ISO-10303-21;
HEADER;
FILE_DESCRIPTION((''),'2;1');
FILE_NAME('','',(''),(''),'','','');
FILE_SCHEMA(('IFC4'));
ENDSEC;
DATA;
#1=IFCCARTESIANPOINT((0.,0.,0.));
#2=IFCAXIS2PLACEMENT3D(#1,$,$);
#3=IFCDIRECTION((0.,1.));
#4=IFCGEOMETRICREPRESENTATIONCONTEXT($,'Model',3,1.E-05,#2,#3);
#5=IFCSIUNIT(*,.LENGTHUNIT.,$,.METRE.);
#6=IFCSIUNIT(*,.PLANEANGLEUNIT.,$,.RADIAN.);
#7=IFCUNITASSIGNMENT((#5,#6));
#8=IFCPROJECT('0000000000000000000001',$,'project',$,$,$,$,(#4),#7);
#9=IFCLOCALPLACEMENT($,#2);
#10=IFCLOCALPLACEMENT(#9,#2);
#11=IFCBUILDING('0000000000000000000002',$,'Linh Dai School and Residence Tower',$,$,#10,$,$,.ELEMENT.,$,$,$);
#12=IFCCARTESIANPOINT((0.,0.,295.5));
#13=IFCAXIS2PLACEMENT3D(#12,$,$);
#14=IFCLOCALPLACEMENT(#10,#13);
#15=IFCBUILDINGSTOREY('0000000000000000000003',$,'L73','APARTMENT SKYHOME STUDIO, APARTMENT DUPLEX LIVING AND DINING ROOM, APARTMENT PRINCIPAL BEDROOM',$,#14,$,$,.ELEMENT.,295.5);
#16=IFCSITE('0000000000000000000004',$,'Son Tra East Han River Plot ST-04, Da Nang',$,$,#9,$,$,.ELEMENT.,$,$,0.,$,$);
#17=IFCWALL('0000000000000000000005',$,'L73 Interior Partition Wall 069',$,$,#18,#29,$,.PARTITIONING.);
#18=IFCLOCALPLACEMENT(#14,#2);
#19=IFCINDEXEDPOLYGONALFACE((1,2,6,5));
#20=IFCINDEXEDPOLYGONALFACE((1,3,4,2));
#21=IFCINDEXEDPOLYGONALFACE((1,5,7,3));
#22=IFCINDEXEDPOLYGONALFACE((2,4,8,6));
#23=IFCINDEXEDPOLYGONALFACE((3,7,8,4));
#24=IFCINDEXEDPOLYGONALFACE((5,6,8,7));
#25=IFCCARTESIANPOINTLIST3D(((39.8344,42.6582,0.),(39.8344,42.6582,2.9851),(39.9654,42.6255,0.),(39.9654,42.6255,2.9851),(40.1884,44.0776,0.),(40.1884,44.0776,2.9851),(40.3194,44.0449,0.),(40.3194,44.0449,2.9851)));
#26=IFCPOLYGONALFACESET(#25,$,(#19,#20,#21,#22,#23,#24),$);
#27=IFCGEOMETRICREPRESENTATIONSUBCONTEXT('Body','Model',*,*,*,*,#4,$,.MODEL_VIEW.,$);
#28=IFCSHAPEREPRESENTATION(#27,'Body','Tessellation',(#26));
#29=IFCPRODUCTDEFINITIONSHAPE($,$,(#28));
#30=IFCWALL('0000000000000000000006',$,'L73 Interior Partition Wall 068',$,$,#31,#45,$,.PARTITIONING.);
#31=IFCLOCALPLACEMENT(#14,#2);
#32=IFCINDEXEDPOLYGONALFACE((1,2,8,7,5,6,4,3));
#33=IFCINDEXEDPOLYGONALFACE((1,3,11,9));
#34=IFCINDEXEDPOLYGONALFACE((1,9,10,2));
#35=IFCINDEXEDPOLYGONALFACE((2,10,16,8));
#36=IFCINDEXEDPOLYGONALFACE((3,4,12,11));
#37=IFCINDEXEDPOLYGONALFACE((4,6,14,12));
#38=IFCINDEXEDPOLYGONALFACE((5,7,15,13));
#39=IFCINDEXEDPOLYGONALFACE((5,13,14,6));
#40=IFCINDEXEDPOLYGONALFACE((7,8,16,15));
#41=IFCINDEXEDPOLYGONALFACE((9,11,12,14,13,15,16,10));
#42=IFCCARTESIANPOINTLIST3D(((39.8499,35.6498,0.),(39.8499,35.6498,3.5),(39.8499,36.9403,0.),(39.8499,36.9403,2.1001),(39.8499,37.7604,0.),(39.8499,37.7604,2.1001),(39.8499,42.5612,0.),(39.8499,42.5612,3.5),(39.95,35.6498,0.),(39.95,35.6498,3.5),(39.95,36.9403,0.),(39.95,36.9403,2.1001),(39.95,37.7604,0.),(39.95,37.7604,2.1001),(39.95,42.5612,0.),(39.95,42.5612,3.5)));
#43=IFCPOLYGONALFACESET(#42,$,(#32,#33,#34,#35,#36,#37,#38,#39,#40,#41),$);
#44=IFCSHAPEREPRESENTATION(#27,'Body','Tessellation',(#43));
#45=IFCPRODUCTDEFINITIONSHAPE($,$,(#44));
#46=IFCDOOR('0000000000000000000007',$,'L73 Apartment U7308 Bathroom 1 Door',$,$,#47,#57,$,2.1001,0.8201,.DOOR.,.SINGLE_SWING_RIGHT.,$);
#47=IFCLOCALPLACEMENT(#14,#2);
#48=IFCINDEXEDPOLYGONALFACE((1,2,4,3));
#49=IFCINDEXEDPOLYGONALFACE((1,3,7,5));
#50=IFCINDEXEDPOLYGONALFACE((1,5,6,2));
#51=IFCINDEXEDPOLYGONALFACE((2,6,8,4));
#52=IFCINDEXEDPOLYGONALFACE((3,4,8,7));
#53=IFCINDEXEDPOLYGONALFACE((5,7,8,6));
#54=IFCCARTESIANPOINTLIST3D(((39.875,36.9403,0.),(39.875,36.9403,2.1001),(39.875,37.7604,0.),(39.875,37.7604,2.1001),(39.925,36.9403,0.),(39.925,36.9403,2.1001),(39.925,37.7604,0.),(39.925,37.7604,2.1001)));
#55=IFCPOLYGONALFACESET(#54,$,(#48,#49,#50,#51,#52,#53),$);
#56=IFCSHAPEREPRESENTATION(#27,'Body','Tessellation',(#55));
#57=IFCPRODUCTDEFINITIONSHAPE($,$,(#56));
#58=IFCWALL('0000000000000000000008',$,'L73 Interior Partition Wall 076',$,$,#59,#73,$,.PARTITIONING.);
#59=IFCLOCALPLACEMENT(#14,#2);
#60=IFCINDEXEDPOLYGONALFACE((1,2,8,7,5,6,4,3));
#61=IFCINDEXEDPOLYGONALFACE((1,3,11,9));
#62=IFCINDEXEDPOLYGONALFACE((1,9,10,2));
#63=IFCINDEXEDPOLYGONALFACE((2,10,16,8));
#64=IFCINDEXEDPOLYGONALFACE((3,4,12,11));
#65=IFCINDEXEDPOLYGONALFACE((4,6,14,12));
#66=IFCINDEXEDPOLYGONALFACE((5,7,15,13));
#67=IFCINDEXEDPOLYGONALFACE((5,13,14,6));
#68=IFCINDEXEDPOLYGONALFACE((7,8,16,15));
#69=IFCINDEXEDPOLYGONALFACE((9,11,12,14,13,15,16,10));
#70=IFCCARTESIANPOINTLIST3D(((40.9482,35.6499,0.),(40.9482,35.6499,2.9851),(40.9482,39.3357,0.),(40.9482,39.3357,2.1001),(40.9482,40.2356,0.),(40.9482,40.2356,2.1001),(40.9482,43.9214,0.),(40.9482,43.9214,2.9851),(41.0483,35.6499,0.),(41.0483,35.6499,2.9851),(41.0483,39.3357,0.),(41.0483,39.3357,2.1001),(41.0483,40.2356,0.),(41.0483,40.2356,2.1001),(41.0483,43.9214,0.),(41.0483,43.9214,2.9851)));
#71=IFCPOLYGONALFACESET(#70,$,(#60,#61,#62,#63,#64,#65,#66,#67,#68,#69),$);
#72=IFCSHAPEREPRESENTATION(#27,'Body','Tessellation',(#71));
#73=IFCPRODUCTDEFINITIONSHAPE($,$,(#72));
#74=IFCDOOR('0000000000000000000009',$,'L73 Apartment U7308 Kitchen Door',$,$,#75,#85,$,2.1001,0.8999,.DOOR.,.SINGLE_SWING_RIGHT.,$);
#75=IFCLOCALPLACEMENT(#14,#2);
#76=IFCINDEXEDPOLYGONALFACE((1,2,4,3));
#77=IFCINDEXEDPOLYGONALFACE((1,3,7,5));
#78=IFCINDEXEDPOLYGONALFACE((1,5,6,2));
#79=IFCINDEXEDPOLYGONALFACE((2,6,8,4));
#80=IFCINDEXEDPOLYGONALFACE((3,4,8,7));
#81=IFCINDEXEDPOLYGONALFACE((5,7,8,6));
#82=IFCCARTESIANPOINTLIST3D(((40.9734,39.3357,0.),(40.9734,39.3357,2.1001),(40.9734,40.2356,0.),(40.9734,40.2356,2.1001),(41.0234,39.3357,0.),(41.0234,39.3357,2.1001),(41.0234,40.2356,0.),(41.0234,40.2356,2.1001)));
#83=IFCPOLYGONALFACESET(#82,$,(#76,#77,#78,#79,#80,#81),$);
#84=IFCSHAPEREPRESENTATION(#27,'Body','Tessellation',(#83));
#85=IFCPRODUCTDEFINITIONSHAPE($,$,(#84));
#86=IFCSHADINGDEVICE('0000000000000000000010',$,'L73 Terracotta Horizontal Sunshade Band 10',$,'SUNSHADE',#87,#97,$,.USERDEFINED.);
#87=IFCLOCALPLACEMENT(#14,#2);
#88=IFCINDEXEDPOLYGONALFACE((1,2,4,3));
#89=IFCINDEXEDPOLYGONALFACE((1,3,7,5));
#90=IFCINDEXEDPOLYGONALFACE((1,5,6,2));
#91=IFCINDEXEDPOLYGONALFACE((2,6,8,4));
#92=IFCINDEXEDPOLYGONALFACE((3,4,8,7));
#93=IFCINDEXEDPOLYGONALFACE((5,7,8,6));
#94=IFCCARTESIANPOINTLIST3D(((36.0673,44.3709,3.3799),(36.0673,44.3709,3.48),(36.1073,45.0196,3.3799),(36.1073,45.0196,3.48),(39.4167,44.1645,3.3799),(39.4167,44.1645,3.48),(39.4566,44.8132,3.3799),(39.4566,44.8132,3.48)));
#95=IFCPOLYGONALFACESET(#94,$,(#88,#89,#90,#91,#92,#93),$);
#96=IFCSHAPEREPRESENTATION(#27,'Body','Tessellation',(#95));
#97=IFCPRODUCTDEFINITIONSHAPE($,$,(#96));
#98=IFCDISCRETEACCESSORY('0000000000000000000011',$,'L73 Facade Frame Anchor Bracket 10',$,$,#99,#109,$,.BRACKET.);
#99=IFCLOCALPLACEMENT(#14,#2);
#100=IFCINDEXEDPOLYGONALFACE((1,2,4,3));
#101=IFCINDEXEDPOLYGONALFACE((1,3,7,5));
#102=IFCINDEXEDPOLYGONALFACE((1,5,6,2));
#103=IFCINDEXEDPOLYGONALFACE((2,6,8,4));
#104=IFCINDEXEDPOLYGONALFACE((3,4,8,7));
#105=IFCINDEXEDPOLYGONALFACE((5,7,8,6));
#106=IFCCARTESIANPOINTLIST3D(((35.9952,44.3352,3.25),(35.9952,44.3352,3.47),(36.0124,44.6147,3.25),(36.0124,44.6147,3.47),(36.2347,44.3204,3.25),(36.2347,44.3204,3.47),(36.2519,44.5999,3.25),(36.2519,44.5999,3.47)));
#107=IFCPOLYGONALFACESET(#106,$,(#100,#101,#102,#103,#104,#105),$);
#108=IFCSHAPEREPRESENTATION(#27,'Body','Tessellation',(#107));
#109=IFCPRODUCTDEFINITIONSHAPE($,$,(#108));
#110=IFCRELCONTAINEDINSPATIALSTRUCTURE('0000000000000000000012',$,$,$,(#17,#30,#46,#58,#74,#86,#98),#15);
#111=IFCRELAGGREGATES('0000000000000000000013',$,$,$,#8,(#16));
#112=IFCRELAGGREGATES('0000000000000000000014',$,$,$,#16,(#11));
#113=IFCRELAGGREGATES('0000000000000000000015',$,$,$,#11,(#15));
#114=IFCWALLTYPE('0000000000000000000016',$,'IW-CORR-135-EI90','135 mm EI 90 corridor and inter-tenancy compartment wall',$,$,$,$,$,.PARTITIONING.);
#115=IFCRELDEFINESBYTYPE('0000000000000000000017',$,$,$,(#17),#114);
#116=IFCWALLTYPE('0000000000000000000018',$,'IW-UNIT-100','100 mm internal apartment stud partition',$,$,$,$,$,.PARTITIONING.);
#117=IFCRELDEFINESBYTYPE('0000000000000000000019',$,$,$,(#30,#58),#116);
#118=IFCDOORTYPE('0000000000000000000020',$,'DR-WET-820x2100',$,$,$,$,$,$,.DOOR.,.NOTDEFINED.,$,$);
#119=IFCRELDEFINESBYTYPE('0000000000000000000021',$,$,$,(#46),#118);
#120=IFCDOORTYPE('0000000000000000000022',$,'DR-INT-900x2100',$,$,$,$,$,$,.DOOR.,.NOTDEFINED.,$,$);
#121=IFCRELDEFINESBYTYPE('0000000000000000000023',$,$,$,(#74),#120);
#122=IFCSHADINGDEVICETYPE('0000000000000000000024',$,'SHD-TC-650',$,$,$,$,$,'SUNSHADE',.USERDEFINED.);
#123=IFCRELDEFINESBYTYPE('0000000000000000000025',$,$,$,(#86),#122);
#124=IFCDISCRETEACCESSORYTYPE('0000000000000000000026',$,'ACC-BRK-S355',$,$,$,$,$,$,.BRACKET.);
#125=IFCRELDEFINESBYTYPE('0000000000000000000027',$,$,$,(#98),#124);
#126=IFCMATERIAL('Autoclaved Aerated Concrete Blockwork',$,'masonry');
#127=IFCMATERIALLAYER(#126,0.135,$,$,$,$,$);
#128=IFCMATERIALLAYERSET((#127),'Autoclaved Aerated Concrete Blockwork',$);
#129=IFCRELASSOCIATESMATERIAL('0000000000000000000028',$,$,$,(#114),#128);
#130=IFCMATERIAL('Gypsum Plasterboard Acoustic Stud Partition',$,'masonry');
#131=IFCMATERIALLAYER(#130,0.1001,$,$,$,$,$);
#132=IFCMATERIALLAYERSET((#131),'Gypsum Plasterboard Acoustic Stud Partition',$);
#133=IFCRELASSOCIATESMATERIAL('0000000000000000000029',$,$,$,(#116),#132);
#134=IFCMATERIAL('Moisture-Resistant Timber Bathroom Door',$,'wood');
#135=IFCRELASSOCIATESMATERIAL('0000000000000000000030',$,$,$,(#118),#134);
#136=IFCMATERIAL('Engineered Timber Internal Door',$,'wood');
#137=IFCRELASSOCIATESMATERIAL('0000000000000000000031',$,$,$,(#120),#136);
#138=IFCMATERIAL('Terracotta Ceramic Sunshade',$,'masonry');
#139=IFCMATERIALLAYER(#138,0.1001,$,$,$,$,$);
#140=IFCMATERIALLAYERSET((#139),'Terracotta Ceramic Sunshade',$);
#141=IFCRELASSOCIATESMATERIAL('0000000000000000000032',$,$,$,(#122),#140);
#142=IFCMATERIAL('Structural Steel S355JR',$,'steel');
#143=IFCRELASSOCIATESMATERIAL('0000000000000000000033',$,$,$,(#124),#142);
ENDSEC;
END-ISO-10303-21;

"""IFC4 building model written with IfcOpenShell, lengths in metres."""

from ifc_helpers import new_model, si_unit, direction, frame, frame_2d, origin, origin_2d, place, context, subcontext, project, spatial, rectangle, extrude, source, transform, mapped, material, layer, layer_set, type_object, element, fill, save


model = new_model("IFC4")

# Units and contexts
model_context = context("Model", 3, precision=1e-05, world=origin(), true_north=direction((0.0, 1.0)))
body_context = subcontext(model_context, "Body", "Model", "MODEL_VIEW")
ifc_project = project(units=[si_unit("LENGTHUNIT", "METRE"), si_unit("PLANEANGLEUNIT", "RADIAN")], contexts=[model_context])

# Site, building, storey
site_placement = place(None, origin())
site = spatial("IfcSite", under=ifc_project, at=site_placement, Name="Son Tra East Han River Plot ST-04, Da Nang", CompositionType="ELEMENT", RefElevation=0.0)
building_placement = place(site_placement, origin())
building = spatial("IfcBuilding", under=site, at=building_placement, Name="Linh Dai School and Residence Tower", CompositionType="ELEMENT")
storey_placement = place(building_placement, frame((0.0, 0.0, 295.5)))
storey = spatial("IfcBuildingStorey", under=building, at=storey_placement, Name="L73", Description="APARTMENT SKYHOME STUDIO, APARTMENT DUPLEX LIVING AND DINING ROOM, APARTMENT PRINCIPAL BEDROOM", CompositionType="ELEMENT", Elevation=295.5)

# Shared definitions
ifc_material_1 = material(Name="Structural Steel S355JR", Category="steel")

# Wall
ifc_material_2 = material(Name="Autoclaved Aerated Concrete Blockwork", Category="masonry")
ifc_layer_1 = layer(ifc_material_2, 0.135)
ifc_layer_set_1 = layer_set([ifc_layer_1], Name="Autoclaved Aerated Concrete Blockwork")
wall_type_1 = type_object("IfcWallType", Name="IW-CORR-135-EI90", Description="135 mm EI 90 corridor and inter-tenancy compartment wall", PredefinedType="PARTITIONING", material=ifc_layer_set_1)
wall_1_placement = place(storey_placement, frame((39.8999, 42.6418, 0.0), z_axis=(0.0, 0.0, 1.0), x_axis=(0.241986, 0.97028, 0.0)))
element("IfcWall", 1, at=wall_1_placement, inside=storey, type_object=wall_type_1, Name="L73 Interior Partition Wall 069", PredefinedType="PARTITIONING", context=body_context, shape_type="SweptSolid", body=[
    extrude(rectangle(XDim=1.4629, YDim=0.135, at=frame_2d((0.7314, 0.0))), origin(), (0.0, 0.0, 1.0), 2.9851),
])

# Walls, openings, doors
ifc_material_3 = material(Name="Gypsum Plasterboard Acoustic Stud Partition", Category="masonry")
ifc_layer_2 = layer(ifc_material_3, 0.1001)
ifc_layer_set_2 = layer_set([ifc_layer_2], Name="Gypsum Plasterboard Acoustic Stud Partition")
wall_type_2 = type_object("IfcWallType", Name="IW-UNIT-100", Description="100 mm internal apartment stud partition", PredefinedType="PARTITIONING", material=ifc_layer_set_2)
wall_2_placement = place(storey_placement, frame((39.8999, 35.6499, 0.0), z_axis=(0.0, 0.0, 1.0), x_axis=(0.0, 1.0, 0.0)))
wall_2 = element("IfcWall", 2, at=wall_2_placement, inside=storey, type_object=wall_type_2, Name="L73 Interior Partition Wall 068", PredefinedType="PARTITIONING", context=body_context, shape_type="SweptSolid", body=[
    extrude(rectangle(XDim=6.9114, YDim=0.1001, at=frame_2d((3.4556, 0.0))), origin(), (0.0, 0.0, 1.0), 3.5),
])
opening_1_placement = place(wall_2_placement, frame((1.2903, 0.0, 0.0)))
opening_1 = element("IfcOpeningElement", 3, at=opening_1_placement, cuts=wall_2, PredefinedType="OPENING", context=body_context, shape_type="SweptSolid", body=[
    extrude(rectangle(XDim=0.8201, YDim=2.1001, at=origin_2d()), frame((0.4102, 0.0601, 1.05), z_axis=(0.0, -1.0, 0.0), x_axis=(1.0, 0.0, 0.0)), (0.0, 0.0, 1.0), 0.1201),
])
ifc_material_4 = material(Name="Moisture-Resistant Timber Bathroom Door", Category="wood")
door_type_1 = type_object("IfcDoorType", Name="DR-WET-820x2100", OperationType="NOTDEFINED", PredefinedType="DOOR", material=ifc_material_4)
shared_shape_1 = source(origin(), body_context, "Body", "SweptSolid", [
    extrude(rectangle(XDim=0.8201, YDim=2.1001, at=origin_2d()), frame((0.4102, 0.0249, 1.05), z_axis=(0.0, -1.0, 0.0), x_axis=(1.0, 0.0, 0.0)), (0.0, 0.0, 1.0), 0.05),
])
door_1_placement = place(opening_1_placement, origin())
door_1 = element("IfcDoor", 4, at=door_1_placement, inside=storey, type_object=door_type_1, Name="L73 Apartment U7308 Bathroom 1 Door", OperationType="SINGLE_SWING_RIGHT", OverallHeight=2.1001, OverallWidth=0.8201, PredefinedType="DOOR", context=body_context, shape_type="MappedRepresentation", body=[
    mapped(shared_shape_1, transform((0.0, 0.0, 0.0), x_axis=(1.0, 0.0, 0.0), y_axis=(0.0, 1.0, 0.0), z_axis=(0.0, 0.0, 1.0), scale=1.0)),
])
fill(opening_1, door_1)
wall_3_placement = place(storey_placement, frame((40.9983, 35.6499, 0.0), z_axis=(0.0, 0.0, 1.0), x_axis=(0.0, 1.0, 0.0)))
wall_3 = element("IfcWall", 5, at=wall_3_placement, inside=storey, type_object=wall_type_2, Name="L73 Interior Partition Wall 076", PredefinedType="PARTITIONING", context=body_context, shape_type="SweptSolid", body=[
    extrude(rectangle(XDim=8.2715, YDim=0.1001, at=frame_2d((4.1357, 0.0))), origin(), (0.0, 0.0, 1.0), 2.9851),
])
opening_2_placement = place(wall_3_placement, frame((3.6858, 0.0, 0.0)))
opening_2 = element("IfcOpeningElement", 6, at=opening_2_placement, cuts=wall_3, PredefinedType="OPENING", context=body_context, shape_type="SweptSolid", body=[
    extrude(rectangle(XDim=0.8999, YDim=2.1001, at=origin_2d()), frame((0.45, 0.0601, 1.05), z_axis=(0.0, -1.0, 0.0), x_axis=(1.0, 0.0, 0.0)), (0.0, 0.0, 1.0), 0.1201),
])
ifc_material_5 = material(Name="Engineered Timber Internal Door", Category="wood")
door_type_2 = type_object("IfcDoorType", Name="DR-INT-900x2100", OperationType="NOTDEFINED", PredefinedType="DOOR", material=ifc_material_5)
shared_shape_2 = source(origin(), body_context, "Body", "SweptSolid", [
    extrude(rectangle(XDim=0.8999, YDim=2.1001, at=origin_2d()), frame((0.45, 0.0249, 1.05), z_axis=(0.0, -1.0, 0.0), x_axis=(1.0, 0.0, 0.0)), (0.0, 0.0, 1.0), 0.05),
])
door_2_placement = place(opening_2_placement, origin())
door_2 = element("IfcDoor", 7, at=door_2_placement, inside=storey, type_object=door_type_2, Name="L73 Apartment U7308 Kitchen Door", OperationType="SINGLE_SWING_RIGHT", OverallHeight=2.1001, OverallWidth=0.8999, PredefinedType="DOOR", context=body_context, shape_type="MappedRepresentation", body=[
    mapped(shared_shape_2, transform((0.0, 0.0, 0.0), x_axis=(1.0, 0.0, 0.0), y_axis=(0.0, 1.0, 0.0), z_axis=(0.0, 0.0, 1.0), scale=1.0)),
])
fill(opening_2, door_2)

# Shading device
ifc_material_6 = material(Name="Terracotta Ceramic Sunshade", Category="masonry")
ifc_layer_3 = layer(ifc_material_6, 0.1001)
ifc_layer_set_3 = layer_set([ifc_layer_3], Name="Terracotta Ceramic Sunshade")
shading_device_type = type_object("IfcShadingDeviceType", Name="SHD-TC-650", ElementType="SUNSHADE", PredefinedType="USERDEFINED", material=ifc_layer_set_3)
shared_shape_3 = source(origin(), body_context, "Body", "SweptSolid", [
    extrude(rectangle(XDim=3.3557, YDim=0.6499, at=origin_2d()), origin(), (0.0, 0.0, 1.0), 0.1001),
])
shading_device_placement = place(storey_placement, frame((37.762, 44.592, 3.3799), z_axis=(0.0, 0.0, 1.0), x_axis=(0.998106, -0.06151, 0.0)))
element("IfcShadingDevice", 8, at=shading_device_placement, inside=storey, type_object=shading_device_type, Name="L73 Terracotta Horizontal Sunshade Band 10", ObjectType="SUNSHADE", PredefinedType="USERDEFINED", context=body_context, shape_type="MappedRepresentation", body=[
    mapped(shared_shape_3, transform((0.0, 0.0, 0.0), x_axis=(1.0, 0.0, 0.0), y_axis=(0.0, 1.0, 0.0), z_axis=(0.0, 0.0, 1.0), scale=1.0)),
])

# Discrete accessory
discrete_accessory_type = type_object("IfcDiscreteAccessoryType", Name="ACC-BRK-S355", PredefinedType="BRACKET", material=ifc_material_1)
shared_shape_4 = source(origin(), body_context, "Body", "SweptSolid", [
    extrude(rectangle(XDim=0.28, YDim=0.24, at=origin_2d()), origin(), (0.0, 0.0, 1.0), 0.22),
])
discrete_accessory_placement = place(storey_placement, frame((36.1235, 44.4675, 3.25), z_axis=(0.0, 0.0, 1.0), x_axis=(0.06151, 0.998106, 0.0)))
element("IfcDiscreteAccessory", 9, at=discrete_accessory_placement, inside=storey, type_object=discrete_accessory_type, Name="L73 Facade Frame Anchor Bracket 10", PredefinedType="BRACKET", context=body_context, shape_type="MappedRepresentation", body=[
    mapped(shared_shape_4, transform((0.0, 0.0, 0.0), x_axis=(1.0, 0.0, 0.0), y_axis=(0.0, 1.0, 0.0), z_axis=(0.0, 0.0, 1.0), scale=1.0)),
])

save(model, "model.ifc")
